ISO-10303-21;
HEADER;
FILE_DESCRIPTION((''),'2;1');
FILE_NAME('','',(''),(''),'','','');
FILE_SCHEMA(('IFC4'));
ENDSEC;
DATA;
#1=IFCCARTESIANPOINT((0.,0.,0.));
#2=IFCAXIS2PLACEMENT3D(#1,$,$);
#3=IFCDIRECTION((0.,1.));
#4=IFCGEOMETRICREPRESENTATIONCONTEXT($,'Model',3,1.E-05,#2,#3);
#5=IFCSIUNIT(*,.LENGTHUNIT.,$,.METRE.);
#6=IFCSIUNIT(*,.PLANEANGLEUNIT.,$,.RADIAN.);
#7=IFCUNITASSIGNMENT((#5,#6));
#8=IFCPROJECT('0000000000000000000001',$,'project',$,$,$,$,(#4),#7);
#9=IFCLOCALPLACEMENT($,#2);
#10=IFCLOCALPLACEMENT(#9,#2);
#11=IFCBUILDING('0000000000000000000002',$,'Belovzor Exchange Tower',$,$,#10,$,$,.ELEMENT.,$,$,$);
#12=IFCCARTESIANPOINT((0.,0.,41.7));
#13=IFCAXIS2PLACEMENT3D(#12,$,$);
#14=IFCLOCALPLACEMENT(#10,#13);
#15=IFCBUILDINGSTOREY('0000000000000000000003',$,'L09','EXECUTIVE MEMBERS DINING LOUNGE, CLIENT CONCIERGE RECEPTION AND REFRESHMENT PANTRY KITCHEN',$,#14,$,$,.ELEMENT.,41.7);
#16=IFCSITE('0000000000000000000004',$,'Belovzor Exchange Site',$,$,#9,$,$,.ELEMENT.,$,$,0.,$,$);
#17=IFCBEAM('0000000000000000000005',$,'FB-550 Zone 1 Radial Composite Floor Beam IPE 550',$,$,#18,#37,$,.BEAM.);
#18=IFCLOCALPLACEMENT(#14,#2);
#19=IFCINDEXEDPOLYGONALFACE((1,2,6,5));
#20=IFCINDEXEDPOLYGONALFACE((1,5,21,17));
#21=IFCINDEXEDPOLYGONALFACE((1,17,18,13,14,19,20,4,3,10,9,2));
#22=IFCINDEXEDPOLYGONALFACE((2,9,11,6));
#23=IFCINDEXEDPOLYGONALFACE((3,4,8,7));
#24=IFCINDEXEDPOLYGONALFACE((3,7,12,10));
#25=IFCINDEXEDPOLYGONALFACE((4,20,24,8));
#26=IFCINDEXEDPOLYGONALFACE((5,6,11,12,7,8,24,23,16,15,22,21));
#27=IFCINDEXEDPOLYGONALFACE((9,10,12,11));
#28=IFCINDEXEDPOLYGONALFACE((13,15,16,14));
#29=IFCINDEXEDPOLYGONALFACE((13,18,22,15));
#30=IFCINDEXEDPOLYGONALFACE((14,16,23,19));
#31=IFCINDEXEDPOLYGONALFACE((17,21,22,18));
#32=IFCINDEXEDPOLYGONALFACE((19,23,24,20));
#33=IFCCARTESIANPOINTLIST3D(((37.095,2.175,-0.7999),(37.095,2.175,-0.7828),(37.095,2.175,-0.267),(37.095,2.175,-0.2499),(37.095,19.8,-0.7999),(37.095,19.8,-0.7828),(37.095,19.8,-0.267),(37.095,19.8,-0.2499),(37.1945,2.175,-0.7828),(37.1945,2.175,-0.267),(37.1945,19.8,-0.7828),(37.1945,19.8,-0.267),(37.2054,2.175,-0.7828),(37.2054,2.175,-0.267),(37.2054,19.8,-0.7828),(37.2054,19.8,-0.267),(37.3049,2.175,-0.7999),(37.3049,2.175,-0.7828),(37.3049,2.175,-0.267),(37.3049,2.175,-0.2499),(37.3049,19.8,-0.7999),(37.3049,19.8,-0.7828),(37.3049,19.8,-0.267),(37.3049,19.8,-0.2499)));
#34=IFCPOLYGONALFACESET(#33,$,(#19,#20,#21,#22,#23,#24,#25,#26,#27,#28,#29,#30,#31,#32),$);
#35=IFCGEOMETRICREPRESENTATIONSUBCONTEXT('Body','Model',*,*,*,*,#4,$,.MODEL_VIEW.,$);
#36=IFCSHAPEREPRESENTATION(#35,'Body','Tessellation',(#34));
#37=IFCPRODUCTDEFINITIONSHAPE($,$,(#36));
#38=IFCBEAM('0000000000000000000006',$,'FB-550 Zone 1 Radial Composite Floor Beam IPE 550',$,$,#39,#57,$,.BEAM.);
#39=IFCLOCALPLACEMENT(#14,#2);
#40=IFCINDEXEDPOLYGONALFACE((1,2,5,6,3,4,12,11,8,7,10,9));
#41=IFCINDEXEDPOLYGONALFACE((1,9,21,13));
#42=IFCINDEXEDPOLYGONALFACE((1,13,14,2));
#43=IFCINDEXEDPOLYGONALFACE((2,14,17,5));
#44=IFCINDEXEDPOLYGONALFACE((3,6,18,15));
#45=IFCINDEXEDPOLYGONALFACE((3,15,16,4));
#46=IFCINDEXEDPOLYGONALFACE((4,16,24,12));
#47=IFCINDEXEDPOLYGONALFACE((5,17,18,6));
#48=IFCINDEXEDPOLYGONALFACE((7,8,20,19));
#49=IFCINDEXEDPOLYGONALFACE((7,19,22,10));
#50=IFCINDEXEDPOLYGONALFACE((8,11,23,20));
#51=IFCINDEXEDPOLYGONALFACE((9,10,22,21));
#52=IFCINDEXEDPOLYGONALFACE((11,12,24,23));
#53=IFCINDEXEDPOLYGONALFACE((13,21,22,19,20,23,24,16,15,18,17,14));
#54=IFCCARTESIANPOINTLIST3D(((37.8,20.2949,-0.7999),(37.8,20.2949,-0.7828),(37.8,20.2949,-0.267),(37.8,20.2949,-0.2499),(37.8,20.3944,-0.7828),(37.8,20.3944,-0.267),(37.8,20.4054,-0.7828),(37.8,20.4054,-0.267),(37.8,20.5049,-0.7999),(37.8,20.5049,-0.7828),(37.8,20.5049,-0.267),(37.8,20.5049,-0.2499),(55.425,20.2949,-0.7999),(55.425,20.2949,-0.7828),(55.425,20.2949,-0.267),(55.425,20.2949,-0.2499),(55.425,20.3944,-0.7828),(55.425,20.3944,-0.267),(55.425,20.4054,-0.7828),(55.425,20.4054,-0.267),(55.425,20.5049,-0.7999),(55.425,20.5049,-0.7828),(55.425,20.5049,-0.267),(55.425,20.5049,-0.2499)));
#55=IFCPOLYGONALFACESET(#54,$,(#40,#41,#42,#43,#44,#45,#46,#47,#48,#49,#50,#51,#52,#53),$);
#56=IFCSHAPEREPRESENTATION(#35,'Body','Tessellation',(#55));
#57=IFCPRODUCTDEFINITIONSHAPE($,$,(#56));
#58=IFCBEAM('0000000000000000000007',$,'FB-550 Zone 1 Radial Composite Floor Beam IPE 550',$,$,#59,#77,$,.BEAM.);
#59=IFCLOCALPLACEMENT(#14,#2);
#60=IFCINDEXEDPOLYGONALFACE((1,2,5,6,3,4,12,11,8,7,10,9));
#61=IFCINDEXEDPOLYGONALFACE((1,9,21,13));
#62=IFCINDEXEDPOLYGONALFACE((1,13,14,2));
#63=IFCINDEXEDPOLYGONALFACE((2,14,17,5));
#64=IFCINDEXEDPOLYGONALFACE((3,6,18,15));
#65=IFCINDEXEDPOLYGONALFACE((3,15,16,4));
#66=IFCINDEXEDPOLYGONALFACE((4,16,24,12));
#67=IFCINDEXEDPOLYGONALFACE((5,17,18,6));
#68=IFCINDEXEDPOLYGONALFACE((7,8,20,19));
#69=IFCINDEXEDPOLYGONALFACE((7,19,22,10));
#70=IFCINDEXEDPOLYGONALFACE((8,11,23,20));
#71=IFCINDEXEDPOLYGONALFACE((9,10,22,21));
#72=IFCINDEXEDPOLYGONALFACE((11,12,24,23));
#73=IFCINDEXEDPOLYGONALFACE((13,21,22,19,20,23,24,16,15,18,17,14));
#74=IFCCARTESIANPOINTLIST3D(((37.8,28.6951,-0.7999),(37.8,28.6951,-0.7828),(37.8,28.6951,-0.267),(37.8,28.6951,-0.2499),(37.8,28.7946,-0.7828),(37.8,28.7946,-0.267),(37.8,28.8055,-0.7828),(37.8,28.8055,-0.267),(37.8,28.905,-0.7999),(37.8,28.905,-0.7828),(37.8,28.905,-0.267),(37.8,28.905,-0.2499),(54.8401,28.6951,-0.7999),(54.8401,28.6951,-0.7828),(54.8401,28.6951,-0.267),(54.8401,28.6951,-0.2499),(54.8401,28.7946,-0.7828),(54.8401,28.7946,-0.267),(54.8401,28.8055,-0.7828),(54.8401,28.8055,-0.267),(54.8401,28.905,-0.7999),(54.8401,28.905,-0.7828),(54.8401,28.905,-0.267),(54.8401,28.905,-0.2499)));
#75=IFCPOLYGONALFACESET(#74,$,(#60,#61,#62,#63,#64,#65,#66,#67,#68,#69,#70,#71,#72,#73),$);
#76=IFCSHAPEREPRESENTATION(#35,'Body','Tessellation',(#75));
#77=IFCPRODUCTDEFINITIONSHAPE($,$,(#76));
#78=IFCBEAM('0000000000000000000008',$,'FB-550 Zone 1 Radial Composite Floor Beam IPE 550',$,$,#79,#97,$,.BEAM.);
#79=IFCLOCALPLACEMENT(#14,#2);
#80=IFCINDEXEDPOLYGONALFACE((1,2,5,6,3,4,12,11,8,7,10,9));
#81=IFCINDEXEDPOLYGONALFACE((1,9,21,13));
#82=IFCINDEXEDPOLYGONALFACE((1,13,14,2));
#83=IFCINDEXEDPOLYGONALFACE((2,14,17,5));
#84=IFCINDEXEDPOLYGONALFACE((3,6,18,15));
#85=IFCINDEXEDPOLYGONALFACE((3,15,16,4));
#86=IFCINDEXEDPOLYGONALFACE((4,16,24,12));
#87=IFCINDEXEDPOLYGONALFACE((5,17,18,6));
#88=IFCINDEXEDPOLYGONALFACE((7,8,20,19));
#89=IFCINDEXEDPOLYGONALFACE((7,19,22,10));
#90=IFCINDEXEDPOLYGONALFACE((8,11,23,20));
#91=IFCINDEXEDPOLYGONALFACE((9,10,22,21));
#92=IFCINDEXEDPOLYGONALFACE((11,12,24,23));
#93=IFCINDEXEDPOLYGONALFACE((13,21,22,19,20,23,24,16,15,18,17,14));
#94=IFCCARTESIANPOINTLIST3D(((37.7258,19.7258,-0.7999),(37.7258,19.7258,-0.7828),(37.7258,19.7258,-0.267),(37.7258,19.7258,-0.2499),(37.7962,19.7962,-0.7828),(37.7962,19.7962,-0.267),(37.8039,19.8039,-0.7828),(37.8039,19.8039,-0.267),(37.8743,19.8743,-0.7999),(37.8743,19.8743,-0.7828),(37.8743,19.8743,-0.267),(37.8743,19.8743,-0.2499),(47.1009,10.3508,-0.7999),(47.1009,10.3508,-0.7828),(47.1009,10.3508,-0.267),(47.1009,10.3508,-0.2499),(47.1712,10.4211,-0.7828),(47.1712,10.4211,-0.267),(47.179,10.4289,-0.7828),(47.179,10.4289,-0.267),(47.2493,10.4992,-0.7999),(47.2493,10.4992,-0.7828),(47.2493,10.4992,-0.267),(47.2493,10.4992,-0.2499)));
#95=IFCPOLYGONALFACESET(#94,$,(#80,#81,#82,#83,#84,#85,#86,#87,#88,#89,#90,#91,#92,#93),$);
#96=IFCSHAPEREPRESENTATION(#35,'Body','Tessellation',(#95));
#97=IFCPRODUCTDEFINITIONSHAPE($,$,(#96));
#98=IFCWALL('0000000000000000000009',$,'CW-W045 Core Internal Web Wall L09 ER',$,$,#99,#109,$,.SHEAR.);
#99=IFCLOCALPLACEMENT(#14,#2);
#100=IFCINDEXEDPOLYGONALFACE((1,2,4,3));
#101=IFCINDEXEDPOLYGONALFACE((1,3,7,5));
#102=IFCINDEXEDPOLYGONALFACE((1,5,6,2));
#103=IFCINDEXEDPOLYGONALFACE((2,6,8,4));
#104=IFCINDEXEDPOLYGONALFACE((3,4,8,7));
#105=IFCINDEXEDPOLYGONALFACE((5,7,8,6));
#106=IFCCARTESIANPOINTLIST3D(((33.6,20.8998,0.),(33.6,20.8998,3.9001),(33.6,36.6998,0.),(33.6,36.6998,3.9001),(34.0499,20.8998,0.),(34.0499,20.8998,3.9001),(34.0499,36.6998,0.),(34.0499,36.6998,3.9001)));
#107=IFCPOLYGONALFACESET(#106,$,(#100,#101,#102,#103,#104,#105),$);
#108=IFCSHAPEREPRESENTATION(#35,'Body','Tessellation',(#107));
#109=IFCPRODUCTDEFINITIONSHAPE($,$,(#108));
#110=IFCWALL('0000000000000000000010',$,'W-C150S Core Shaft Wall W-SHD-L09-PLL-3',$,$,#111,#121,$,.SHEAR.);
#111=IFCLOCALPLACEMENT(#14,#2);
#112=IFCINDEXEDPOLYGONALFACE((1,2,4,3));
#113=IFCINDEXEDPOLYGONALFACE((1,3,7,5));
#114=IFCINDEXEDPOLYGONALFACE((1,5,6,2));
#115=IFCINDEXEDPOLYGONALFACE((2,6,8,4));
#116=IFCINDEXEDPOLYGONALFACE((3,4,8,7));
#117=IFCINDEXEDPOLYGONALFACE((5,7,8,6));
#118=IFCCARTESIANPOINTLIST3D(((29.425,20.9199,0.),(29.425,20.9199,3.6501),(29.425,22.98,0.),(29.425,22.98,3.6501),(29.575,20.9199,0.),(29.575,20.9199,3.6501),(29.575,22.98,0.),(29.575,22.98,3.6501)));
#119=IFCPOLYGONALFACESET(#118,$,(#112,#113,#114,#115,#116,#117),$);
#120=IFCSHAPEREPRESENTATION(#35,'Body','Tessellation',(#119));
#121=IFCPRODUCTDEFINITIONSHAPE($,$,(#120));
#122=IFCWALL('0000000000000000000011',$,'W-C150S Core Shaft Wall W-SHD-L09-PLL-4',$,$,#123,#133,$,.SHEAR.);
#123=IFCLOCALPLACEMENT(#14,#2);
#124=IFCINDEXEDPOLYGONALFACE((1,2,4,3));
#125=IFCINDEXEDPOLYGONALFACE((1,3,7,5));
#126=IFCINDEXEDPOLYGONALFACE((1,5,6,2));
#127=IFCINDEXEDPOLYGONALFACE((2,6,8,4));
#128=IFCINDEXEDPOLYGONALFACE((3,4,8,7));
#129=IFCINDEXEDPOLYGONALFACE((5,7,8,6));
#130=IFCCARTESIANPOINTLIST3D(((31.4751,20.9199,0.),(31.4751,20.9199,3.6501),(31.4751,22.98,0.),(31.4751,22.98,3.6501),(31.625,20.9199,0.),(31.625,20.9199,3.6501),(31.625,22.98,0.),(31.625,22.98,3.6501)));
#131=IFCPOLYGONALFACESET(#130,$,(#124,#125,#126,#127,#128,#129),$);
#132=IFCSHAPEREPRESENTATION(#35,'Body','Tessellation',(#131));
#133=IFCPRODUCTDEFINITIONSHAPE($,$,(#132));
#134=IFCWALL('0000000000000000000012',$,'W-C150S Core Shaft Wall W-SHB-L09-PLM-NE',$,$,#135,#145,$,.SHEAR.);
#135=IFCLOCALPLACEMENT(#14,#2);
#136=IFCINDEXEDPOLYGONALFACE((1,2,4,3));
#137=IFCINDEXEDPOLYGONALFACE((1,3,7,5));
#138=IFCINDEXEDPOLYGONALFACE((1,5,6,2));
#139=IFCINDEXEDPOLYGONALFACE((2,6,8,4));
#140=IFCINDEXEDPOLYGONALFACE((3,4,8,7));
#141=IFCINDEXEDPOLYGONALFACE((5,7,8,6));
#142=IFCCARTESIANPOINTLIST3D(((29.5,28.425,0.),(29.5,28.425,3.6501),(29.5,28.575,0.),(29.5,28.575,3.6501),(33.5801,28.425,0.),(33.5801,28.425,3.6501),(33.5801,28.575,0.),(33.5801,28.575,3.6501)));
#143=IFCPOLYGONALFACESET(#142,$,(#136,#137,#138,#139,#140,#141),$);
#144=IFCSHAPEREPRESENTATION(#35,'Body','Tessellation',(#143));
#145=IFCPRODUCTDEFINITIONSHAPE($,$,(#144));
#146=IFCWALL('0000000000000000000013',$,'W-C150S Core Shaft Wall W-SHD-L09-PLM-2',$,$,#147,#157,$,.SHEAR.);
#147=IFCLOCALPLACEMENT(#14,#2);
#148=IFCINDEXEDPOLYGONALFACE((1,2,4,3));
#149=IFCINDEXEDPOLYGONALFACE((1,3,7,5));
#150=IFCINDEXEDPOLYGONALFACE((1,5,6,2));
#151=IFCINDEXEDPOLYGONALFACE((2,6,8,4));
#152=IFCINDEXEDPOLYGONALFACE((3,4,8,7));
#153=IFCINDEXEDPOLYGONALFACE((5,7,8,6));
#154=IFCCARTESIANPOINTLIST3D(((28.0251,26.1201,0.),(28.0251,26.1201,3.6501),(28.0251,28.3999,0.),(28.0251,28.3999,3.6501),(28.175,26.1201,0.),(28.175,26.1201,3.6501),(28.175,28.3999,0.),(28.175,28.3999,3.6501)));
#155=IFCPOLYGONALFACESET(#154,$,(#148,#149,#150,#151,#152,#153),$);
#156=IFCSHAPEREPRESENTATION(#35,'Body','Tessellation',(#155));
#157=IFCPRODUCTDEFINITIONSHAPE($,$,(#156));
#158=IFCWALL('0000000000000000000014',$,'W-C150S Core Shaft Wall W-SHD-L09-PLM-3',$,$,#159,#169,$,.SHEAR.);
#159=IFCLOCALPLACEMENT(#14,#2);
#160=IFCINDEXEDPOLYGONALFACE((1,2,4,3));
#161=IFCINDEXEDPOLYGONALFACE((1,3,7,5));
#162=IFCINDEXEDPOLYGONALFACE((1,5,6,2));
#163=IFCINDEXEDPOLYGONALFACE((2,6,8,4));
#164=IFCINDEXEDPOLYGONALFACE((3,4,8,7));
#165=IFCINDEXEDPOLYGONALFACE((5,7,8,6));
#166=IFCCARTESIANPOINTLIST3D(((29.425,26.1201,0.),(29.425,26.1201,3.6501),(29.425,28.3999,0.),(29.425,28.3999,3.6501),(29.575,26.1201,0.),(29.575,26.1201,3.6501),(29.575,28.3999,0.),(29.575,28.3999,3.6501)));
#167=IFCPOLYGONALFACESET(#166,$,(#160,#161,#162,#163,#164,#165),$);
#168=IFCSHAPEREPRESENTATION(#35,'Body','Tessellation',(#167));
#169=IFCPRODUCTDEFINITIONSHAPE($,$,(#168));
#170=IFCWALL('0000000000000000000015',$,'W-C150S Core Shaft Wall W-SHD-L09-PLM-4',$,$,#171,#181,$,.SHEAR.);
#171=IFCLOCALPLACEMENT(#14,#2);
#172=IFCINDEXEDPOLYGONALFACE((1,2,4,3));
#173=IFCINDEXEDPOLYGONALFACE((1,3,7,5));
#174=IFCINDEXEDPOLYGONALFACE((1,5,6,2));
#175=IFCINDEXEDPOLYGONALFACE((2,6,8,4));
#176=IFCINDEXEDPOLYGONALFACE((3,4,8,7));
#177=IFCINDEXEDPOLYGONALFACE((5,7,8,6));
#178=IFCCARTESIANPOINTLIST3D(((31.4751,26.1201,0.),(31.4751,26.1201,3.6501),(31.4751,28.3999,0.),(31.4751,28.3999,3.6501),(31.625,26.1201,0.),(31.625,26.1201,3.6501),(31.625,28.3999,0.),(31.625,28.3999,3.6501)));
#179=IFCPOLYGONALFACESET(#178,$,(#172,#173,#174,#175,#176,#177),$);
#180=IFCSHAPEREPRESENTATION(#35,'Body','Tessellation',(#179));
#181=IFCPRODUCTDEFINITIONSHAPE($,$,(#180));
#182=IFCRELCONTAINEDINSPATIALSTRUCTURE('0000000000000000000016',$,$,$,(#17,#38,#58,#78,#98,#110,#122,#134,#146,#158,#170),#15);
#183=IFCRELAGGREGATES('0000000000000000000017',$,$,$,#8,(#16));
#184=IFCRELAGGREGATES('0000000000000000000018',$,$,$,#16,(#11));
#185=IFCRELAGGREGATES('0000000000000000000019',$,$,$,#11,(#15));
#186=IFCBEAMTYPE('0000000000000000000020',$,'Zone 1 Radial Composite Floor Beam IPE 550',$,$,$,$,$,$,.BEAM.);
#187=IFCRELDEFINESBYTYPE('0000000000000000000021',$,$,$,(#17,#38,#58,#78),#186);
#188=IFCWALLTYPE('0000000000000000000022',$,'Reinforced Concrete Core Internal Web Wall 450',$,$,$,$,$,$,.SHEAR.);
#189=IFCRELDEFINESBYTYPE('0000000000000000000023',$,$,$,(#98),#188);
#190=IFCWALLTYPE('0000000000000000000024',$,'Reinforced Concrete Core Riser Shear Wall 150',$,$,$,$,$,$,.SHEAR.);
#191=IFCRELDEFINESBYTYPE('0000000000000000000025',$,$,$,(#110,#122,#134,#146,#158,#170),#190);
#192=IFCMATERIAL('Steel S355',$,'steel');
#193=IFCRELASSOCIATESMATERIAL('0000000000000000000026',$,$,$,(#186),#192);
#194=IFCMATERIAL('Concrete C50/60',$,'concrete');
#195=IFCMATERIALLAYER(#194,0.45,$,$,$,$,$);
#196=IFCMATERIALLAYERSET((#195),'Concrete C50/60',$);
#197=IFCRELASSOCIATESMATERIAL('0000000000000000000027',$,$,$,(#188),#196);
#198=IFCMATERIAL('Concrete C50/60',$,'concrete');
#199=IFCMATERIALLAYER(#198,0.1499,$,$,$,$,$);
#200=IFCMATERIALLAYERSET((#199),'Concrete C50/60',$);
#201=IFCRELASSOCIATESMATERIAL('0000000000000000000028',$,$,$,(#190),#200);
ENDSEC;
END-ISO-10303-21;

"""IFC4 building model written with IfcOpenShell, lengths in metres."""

from ifc_helpers import new_model, si_unit, direction, frame, frame_2d, origin, origin_2d, place, context, subcontext, project, spatial, rectangle, i_section, extrude, material, layer, layer_set, material_profile, profile_set, type_object, element, save


model = new_model("IFC4")

# Units and contexts
model_context = context("Model", 3, precision=1e-05, world=origin(), true_north=direction((0.0, 1.0)))
body_context = subcontext(model_context, "Body", "Model", "MODEL_VIEW")
ifc_project = project(units=[si_unit("LENGTHUNIT", "METRE"), si_unit("PLANEANGLEUNIT", "RADIAN")], contexts=[model_context])

# Site, building, storey
site_placement = place(None, origin())
site = spatial("IfcSite", under=ifc_project, at=site_placement, Name="Belovzor Exchange Site", CompositionType="ELEMENT", RefElevation=0.0)
building_placement = place(site_placement, origin())
building = spatial("IfcBuilding", under=site, at=building_placement, Name="Belovzor Exchange Tower", CompositionType="ELEMENT")
storey_placement = place(building_placement, frame((0.0, 0.0, 41.7)))
storey = spatial("IfcBuildingStorey", under=building, at=storey_placement, Name="L09", Description="EXECUTIVE MEMBERS DINING LOUNGE, CLIENT CONCIERGE RECEPTION AND REFRESHMENT PANTRY KITCHEN", CompositionType="ELEMENT", Elevation=41.7)

# Beams
ifc_material_1 = material(Name="Steel S355", Category="steel")
ifc_material_profile = material_profile(ifc_material_1, i_section(OverallWidth=0.21, OverallDepth=0.55, WebThickness=0.011, FlangeThickness=0.0171, at=origin_2d()))
ifc_profile_set = profile_set([ifc_material_profile], Name="Steel S355")
beam_type = type_object("IfcBeamType", Name="Zone 1 Radial Composite Floor Beam IPE 550", PredefinedType="BEAM", material=ifc_profile_set)
for number, where, z_axis, x_axis, name in (
    (1, (37.2, 19.8, -0.5249), (0.0, -1.0, 0.0), (1.0, 0.0, 0.0), "FB-550 Zone 1 Radial Composite Floor Beam IPE 550"),
    (2, (37.8, 20.3999, -0.5249), (1.0, 0.0, 0.0), (0.0, 1.0, 0.0), "FB-550 Zone 1 Radial Composite Floor Beam IPE 550"),
):
    element("IfcBeam", number, at=place(storey_placement, frame(where, z_axis=z_axis, x_axis=x_axis)), inside=storey, type_object=beam_type, Name=name, PredefinedType="BEAM", context=body_context, shape_type="SweptSolid", body=[
        extrude(i_section(OverallWidth=0.21, OverallDepth=0.55, WebThickness=0.011, FlangeThickness=0.0171, at=origin_2d()), origin(), (0.0, 0.0, 1.0), 17.625),
    ])
beam_1_placement = place(storey_placement, frame((37.8, 28.8, -0.5249), z_axis=(1.0, 0.0, 0.0), x_axis=(0.0, 1.0, 0.0)))
element("IfcBeam", 3, at=beam_1_placement, inside=storey, type_object=beam_type, Name="FB-550 Zone 1 Radial Composite Floor Beam IPE 550", PredefinedType="BEAM", context=body_context, shape_type="SweptSolid", body=[
    extrude(i_section(OverallWidth=0.21, OverallDepth=0.55, WebThickness=0.011, FlangeThickness=0.0171, at=origin_2d()), origin(), (0.0, 0.0, 1.0), 17.04),
])
beam_2_placement = place(storey_placement, frame((37.8, 19.8, -0.5249), z_axis=(0.707107, -0.707107, 0.0), x_axis=(0.707107, 0.707107, 0.0)))
element("IfcBeam", 4, at=beam_2_placement, inside=storey, type_object=beam_type, Name="FB-550 Zone 1 Radial Composite Floor Beam IPE 550", PredefinedType="BEAM", context=body_context, shape_type="SweptSolid", body=[
    extrude(i_section(OverallWidth=0.21, OverallDepth=0.55, WebThickness=0.011, FlangeThickness=0.0171, at=origin_2d()), origin(), (0.0, 0.0, 1.0), 13.2583),
])

# Walls
ifc_material_2 = material(Name="Concrete C50/60", Category="concrete")
ifc_layer_1 = layer(ifc_material_2, 0.45)
ifc_layer_set_1 = layer_set([ifc_layer_1], Name="Concrete C50/60")
wall_type_1 = type_object("IfcWallType", Name="Reinforced Concrete Core Internal Web Wall 450", PredefinedType="SHEAR", material=ifc_layer_set_1)
wall_1_placement = place(storey_placement, frame((33.825, 20.8999, 0.0), z_axis=(0.0, 0.0, 1.0), x_axis=(0.0, 1.0, 0.0)))
element("IfcWall", 5, at=wall_1_placement, inside=storey, type_object=wall_type_1, Name="CW-W045 Core Internal Web Wall L09 ER", PredefinedType="SHEAR", context=body_context, shape_type="SweptSolid", body=[
    extrude(rectangle(XDim=15.8, YDim=0.45, at=frame_2d((7.8999, 0.0))), origin(), (0.0, 0.0, 1.0), 3.9001),
])
ifc_material_3 = material(Name="Concrete C50/60", Category="concrete")
ifc_layer_2 = layer(ifc_material_3, 0.1499)
ifc_layer_set_2 = layer_set([ifc_layer_2], Name="Concrete C50/60")
wall_type_2 = type_object("IfcWallType", Name="Reinforced Concrete Core Riser Shear Wall 150", PredefinedType="SHEAR", material=ifc_layer_set_2)
for number, where, z_axis, x_axis, name in (
    (6, (29.5, 20.9199, 0.0), (0.0, 0.0, 1.0), (0.0, 1.0, 0.0), "W-C150S Core Shaft Wall W-SHD-L09-PLL-3"),
    (7, (31.55, 20.9199, 0.0), (0.0, 0.0, 1.0), (0.0, 1.0, 0.0), "W-C150S Core Shaft Wall W-SHD-L09-PLL-4"),
):
    element("IfcWall", number, at=place(storey_placement, frame(where, z_axis=z_axis, x_axis=x_axis)), inside=storey, type_object=wall_type_2, Name=name, PredefinedType="SHEAR", context=body_context, shape_type="SweptSolid", body=[
        extrude(rectangle(XDim=2.0601, YDim=0.1499, at=frame_2d((1.03, 0.0))), origin(), (0.0, 0.0, 1.0), 3.6501),
    ])
wall_2_placement = place(storey_placement, frame((29.5, 28.5, 0.0), z_axis=(0.0, 0.0, 1.0), x_axis=(1.0, 0.0, 0.0)))
element("IfcWall", 8, at=wall_2_placement, inside=storey, type_object=wall_type_2, Name="W-C150S Core Shaft Wall W-SHB-L09-PLM-NE", PredefinedType="SHEAR", context=body_context, shape_type="SweptSolid", body=[
    extrude(rectangle(XDim=4.0801, YDim=0.1499, at=frame_2d((2.04, 0.0))), origin(), (0.0, 0.0, 1.0), 3.6501),
])
for number, where, z_axis, x_axis, name in (
    (9, (28.1001, 26.1201, 0.0), (0.0, 0.0, 1.0), (0.0, 1.0, 0.0), "W-C150S Core Shaft Wall W-SHD-L09-PLM-2"),
    (10, (29.5, 26.1201, 0.0), (0.0, 0.0, 1.0), (0.0, 1.0, 0.0), "W-C150S Core Shaft Wall W-SHD-L09-PLM-3"),
    (11, (31.55, 26.1201, 0.0), (0.0, 0.0, 1.0), (0.0, 1.0, 0.0), "W-C150S Core Shaft Wall W-SHD-L09-PLM-4"),
):
    element("IfcWall", number, at=place(storey_placement, frame(where, z_axis=z_axis, x_axis=x_axis)), inside=storey, type_object=wall_type_2, Name=name, PredefinedType="SHEAR", context=body_context, shape_type="SweptSolid", body=[
        extrude(rectangle(XDim=2.2798, YDim=0.1499, at=frame_2d((1.1399, 0.0))), origin(), (0.0, 0.0, 1.0), 3.6501),
    ])

save(model, "model.ifc")
